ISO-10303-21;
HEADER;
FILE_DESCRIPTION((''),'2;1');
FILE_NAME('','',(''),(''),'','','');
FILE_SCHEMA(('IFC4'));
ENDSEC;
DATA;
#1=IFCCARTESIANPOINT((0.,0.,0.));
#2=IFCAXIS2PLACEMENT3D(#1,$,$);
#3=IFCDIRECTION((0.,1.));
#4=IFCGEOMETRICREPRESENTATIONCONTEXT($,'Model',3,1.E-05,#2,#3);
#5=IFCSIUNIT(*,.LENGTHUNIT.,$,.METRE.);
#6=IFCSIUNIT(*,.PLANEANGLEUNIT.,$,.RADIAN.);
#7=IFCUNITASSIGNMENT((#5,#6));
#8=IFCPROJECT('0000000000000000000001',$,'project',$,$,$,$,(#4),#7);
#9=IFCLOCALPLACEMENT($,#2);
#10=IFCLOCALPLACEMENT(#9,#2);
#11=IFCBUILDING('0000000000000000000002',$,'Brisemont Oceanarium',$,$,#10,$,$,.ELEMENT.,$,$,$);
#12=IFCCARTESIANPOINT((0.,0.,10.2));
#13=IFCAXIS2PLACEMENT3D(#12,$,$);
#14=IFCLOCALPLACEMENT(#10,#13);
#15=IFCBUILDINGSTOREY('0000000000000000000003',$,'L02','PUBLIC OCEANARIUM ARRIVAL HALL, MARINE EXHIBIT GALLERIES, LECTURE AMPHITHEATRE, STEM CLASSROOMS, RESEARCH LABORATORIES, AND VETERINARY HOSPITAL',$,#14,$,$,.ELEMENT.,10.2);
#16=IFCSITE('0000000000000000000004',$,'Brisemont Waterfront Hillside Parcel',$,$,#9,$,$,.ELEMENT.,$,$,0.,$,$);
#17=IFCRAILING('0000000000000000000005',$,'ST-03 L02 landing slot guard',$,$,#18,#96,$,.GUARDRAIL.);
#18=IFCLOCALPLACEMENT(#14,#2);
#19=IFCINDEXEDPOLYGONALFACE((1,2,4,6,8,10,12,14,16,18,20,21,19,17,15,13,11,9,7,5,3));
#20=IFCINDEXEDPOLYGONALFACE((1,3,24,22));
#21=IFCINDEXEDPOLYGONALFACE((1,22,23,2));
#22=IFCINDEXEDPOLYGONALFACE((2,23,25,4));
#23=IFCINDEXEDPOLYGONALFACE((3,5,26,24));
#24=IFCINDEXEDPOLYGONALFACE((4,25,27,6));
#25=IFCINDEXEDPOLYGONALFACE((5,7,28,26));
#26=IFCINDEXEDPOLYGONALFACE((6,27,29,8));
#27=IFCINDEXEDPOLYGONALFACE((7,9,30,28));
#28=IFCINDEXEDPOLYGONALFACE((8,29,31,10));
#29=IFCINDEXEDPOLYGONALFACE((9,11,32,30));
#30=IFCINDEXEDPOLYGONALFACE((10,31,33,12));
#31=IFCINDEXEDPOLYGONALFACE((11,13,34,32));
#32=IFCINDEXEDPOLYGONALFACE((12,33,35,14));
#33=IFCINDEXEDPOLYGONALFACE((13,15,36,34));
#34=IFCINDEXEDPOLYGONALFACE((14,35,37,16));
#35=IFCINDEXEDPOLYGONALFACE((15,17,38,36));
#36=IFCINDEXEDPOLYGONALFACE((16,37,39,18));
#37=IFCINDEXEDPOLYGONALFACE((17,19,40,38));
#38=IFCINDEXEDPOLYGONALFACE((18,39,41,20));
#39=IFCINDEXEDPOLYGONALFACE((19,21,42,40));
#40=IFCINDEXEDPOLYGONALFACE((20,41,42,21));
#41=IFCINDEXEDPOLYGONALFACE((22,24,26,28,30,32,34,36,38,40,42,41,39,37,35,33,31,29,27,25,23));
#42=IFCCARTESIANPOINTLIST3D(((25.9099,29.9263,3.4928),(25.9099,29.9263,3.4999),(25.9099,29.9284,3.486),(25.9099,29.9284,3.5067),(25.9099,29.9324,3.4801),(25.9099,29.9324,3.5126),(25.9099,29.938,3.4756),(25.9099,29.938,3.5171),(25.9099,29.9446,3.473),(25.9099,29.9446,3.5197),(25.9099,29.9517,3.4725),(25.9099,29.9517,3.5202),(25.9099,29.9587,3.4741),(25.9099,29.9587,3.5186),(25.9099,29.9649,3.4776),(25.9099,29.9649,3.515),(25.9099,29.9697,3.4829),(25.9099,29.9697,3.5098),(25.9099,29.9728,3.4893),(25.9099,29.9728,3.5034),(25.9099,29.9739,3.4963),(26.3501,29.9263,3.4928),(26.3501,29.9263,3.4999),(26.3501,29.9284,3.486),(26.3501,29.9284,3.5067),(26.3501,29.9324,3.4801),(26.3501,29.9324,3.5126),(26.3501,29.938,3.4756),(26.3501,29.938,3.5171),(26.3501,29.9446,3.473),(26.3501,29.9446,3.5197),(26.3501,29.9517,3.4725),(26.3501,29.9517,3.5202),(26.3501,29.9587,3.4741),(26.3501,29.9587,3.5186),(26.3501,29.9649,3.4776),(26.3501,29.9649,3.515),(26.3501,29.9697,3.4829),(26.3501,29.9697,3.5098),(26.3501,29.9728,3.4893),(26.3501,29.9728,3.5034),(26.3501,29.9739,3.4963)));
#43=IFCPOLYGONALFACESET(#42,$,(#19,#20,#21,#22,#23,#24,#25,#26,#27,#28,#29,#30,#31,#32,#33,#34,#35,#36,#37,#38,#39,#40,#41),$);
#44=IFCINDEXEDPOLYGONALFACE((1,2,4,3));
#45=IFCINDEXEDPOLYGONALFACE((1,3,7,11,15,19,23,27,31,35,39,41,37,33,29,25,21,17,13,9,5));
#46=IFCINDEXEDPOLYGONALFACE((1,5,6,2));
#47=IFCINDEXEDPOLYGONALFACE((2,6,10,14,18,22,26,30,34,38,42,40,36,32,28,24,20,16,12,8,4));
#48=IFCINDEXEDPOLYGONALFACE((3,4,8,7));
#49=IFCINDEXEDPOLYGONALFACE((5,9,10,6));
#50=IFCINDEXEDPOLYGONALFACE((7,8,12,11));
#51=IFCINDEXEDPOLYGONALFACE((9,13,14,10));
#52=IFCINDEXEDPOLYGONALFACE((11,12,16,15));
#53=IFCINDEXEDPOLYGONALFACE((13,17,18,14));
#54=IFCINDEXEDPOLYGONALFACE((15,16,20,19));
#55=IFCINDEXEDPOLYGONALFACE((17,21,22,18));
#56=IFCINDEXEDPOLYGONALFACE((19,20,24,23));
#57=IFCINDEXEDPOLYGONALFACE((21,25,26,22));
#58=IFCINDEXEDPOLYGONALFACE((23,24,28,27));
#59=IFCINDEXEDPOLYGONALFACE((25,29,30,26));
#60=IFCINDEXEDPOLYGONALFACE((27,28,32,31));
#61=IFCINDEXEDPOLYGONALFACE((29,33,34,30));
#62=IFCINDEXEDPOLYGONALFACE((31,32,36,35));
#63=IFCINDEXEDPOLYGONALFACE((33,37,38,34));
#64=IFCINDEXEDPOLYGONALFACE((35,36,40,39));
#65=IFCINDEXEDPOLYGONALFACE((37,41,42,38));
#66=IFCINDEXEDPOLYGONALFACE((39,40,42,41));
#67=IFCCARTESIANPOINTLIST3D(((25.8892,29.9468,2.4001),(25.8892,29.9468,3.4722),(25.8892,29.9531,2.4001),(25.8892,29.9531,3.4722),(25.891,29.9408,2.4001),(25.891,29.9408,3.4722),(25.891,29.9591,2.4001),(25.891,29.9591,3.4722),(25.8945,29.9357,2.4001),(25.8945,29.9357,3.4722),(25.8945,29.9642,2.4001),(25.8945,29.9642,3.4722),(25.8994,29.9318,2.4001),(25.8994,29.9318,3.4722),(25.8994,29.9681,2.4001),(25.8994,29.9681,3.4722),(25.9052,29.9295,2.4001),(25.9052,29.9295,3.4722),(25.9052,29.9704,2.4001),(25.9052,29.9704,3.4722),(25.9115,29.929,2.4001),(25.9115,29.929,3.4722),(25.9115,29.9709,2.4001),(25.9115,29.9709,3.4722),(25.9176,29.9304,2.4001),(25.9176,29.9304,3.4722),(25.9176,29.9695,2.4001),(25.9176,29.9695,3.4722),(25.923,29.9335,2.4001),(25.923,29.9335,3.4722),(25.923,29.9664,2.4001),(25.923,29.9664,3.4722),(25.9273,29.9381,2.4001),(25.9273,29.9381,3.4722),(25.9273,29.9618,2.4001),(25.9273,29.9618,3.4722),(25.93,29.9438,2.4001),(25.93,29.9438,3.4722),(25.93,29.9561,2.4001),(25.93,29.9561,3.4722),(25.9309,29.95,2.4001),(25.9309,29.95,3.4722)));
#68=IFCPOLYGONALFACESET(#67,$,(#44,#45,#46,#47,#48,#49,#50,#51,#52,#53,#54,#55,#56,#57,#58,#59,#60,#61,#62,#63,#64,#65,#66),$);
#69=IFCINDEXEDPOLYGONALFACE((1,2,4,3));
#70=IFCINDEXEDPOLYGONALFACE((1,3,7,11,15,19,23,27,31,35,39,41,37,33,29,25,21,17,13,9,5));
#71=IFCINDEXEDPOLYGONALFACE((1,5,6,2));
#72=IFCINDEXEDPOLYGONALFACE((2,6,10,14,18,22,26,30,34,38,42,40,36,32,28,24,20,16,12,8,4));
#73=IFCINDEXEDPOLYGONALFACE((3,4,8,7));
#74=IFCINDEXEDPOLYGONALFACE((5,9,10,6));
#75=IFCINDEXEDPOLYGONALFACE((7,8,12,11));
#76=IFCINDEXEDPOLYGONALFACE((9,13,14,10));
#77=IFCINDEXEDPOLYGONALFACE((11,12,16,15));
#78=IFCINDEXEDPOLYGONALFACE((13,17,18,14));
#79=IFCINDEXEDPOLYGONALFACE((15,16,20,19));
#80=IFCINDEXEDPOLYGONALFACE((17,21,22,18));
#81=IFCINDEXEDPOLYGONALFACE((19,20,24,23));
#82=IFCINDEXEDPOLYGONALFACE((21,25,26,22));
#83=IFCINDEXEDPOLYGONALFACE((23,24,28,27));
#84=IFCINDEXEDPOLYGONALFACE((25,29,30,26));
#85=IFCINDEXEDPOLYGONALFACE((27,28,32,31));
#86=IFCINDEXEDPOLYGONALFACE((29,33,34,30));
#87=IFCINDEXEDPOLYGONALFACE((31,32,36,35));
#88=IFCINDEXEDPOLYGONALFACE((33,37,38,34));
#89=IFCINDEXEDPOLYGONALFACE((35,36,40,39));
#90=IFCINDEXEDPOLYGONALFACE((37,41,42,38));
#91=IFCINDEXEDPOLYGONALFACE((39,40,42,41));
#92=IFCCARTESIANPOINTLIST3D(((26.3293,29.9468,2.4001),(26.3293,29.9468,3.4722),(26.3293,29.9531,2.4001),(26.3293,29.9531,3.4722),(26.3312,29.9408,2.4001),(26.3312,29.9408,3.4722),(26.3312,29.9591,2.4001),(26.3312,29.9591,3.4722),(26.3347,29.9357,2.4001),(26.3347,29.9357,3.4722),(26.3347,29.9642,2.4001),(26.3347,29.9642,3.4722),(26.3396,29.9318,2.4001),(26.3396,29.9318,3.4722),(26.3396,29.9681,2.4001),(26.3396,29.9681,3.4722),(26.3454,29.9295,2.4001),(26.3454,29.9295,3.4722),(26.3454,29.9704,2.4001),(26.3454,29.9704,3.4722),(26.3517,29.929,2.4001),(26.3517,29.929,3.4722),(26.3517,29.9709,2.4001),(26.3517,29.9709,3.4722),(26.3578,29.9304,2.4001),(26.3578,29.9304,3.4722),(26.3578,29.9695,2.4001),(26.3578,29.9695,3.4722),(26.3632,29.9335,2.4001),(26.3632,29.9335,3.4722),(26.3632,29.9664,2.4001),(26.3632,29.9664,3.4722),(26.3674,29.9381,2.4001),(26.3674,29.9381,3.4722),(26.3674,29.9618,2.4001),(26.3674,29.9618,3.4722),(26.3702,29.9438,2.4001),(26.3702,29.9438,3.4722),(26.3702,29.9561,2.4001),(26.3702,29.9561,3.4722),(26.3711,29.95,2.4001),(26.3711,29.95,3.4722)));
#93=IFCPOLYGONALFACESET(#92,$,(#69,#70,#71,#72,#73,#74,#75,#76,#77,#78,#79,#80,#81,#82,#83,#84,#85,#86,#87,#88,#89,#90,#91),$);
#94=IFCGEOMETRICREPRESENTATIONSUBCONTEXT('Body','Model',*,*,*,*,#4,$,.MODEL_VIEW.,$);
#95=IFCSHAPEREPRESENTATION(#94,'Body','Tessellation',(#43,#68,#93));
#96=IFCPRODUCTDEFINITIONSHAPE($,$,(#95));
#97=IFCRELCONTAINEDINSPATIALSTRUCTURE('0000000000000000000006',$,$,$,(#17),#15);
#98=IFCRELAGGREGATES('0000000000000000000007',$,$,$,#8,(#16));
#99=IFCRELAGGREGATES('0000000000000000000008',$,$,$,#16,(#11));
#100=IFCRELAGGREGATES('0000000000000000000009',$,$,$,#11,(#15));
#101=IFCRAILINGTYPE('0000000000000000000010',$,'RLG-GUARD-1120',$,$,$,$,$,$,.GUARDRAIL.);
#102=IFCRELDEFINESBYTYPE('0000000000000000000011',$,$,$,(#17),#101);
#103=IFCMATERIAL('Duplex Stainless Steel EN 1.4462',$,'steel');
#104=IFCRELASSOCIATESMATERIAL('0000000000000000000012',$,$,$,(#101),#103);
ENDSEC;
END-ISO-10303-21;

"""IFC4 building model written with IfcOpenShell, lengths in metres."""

from ifc_helpers import new_model, si_unit, direction, frame, origin, origin_2d, place, context, subcontext, project, spatial, circle, extrude, material, type_object, element, save


model = new_model("IFC4")

# Units and contexts
model_context = context("Model", 3, precision=1e-05, world=origin(), true_north=direction((0.0, 1.0)))
body_context = subcontext(model_context, "Body", "Model", "MODEL_VIEW")
ifc_project = project(units=[si_unit("LENGTHUNIT", "METRE"), si_unit("PLANEANGLEUNIT", "RADIAN")], contexts=[model_context])

# Site, building, storey
site_placement = place(None, origin())
site = spatial("IfcSite", under=ifc_project, at=site_placement, Name="Brisemont Waterfront Hillside Parcel", CompositionType="ELEMENT", RefElevation=0.0)
building_placement = place(site_placement, origin())
building = spatial("IfcBuilding", under=site, at=building_placement, Name="Brisemont Oceanarium", CompositionType="ELEMENT")
storey_placement = place(building_placement, frame((0.0, 0.0, 10.2)))
storey = spatial("IfcBuildingStorey", under=building, at=storey_placement, Name="L02", Description="PUBLIC OCEANARIUM ARRIVAL HALL, MARINE EXHIBIT GALLERIES, LECTURE AMPHITHEATRE, STEM CLASSROOMS, RESEARCH LABORATORIES, AND VETERINARY HOSPITAL", CompositionType="ELEMENT", Elevation=10.2)

# Railing
ifc_material_1 = material(Name="Duplex Stainless Steel EN 1.4462", Category="steel")
railing_type_1 = type_object("IfcRailingType", Name="RLG-GUARD-1120", PredefinedType="GUARDRAIL", material=ifc_material_1)
railing_1_placement = place(storey_placement, frame((25.9099, 29.95, 2.4001)))
element("IfcRailing", 1, at=railing_1_placement, inside=storey, type_object=railing_type_1, Name="ST-03 L02 landing slot guard", PredefinedType="GUARDRAIL", context=body_context, shape_type="SweptSolid", body=[
    extrude(circle(Radius=0.0239, at=origin_2d()), frame((0.0, 0.0, 1.0962), z_axis=(1.0, 0.0, 0.0), x_axis=(0.0, 1.0, 0.0)), (0.0, 0.0, 1.0), 0.4402),
    extrude(circle(Radius=0.021, at=origin_2d()), origin(), (0.0, 0.0, 1.0), 1.072),
    extrude(circle(Radius=0.021, at=origin_2d()), frame((0.4402, 0.0, 0.0)), (0.0, 0.0, 1.0), 1.072),
])

save(model, "model.ifc")
